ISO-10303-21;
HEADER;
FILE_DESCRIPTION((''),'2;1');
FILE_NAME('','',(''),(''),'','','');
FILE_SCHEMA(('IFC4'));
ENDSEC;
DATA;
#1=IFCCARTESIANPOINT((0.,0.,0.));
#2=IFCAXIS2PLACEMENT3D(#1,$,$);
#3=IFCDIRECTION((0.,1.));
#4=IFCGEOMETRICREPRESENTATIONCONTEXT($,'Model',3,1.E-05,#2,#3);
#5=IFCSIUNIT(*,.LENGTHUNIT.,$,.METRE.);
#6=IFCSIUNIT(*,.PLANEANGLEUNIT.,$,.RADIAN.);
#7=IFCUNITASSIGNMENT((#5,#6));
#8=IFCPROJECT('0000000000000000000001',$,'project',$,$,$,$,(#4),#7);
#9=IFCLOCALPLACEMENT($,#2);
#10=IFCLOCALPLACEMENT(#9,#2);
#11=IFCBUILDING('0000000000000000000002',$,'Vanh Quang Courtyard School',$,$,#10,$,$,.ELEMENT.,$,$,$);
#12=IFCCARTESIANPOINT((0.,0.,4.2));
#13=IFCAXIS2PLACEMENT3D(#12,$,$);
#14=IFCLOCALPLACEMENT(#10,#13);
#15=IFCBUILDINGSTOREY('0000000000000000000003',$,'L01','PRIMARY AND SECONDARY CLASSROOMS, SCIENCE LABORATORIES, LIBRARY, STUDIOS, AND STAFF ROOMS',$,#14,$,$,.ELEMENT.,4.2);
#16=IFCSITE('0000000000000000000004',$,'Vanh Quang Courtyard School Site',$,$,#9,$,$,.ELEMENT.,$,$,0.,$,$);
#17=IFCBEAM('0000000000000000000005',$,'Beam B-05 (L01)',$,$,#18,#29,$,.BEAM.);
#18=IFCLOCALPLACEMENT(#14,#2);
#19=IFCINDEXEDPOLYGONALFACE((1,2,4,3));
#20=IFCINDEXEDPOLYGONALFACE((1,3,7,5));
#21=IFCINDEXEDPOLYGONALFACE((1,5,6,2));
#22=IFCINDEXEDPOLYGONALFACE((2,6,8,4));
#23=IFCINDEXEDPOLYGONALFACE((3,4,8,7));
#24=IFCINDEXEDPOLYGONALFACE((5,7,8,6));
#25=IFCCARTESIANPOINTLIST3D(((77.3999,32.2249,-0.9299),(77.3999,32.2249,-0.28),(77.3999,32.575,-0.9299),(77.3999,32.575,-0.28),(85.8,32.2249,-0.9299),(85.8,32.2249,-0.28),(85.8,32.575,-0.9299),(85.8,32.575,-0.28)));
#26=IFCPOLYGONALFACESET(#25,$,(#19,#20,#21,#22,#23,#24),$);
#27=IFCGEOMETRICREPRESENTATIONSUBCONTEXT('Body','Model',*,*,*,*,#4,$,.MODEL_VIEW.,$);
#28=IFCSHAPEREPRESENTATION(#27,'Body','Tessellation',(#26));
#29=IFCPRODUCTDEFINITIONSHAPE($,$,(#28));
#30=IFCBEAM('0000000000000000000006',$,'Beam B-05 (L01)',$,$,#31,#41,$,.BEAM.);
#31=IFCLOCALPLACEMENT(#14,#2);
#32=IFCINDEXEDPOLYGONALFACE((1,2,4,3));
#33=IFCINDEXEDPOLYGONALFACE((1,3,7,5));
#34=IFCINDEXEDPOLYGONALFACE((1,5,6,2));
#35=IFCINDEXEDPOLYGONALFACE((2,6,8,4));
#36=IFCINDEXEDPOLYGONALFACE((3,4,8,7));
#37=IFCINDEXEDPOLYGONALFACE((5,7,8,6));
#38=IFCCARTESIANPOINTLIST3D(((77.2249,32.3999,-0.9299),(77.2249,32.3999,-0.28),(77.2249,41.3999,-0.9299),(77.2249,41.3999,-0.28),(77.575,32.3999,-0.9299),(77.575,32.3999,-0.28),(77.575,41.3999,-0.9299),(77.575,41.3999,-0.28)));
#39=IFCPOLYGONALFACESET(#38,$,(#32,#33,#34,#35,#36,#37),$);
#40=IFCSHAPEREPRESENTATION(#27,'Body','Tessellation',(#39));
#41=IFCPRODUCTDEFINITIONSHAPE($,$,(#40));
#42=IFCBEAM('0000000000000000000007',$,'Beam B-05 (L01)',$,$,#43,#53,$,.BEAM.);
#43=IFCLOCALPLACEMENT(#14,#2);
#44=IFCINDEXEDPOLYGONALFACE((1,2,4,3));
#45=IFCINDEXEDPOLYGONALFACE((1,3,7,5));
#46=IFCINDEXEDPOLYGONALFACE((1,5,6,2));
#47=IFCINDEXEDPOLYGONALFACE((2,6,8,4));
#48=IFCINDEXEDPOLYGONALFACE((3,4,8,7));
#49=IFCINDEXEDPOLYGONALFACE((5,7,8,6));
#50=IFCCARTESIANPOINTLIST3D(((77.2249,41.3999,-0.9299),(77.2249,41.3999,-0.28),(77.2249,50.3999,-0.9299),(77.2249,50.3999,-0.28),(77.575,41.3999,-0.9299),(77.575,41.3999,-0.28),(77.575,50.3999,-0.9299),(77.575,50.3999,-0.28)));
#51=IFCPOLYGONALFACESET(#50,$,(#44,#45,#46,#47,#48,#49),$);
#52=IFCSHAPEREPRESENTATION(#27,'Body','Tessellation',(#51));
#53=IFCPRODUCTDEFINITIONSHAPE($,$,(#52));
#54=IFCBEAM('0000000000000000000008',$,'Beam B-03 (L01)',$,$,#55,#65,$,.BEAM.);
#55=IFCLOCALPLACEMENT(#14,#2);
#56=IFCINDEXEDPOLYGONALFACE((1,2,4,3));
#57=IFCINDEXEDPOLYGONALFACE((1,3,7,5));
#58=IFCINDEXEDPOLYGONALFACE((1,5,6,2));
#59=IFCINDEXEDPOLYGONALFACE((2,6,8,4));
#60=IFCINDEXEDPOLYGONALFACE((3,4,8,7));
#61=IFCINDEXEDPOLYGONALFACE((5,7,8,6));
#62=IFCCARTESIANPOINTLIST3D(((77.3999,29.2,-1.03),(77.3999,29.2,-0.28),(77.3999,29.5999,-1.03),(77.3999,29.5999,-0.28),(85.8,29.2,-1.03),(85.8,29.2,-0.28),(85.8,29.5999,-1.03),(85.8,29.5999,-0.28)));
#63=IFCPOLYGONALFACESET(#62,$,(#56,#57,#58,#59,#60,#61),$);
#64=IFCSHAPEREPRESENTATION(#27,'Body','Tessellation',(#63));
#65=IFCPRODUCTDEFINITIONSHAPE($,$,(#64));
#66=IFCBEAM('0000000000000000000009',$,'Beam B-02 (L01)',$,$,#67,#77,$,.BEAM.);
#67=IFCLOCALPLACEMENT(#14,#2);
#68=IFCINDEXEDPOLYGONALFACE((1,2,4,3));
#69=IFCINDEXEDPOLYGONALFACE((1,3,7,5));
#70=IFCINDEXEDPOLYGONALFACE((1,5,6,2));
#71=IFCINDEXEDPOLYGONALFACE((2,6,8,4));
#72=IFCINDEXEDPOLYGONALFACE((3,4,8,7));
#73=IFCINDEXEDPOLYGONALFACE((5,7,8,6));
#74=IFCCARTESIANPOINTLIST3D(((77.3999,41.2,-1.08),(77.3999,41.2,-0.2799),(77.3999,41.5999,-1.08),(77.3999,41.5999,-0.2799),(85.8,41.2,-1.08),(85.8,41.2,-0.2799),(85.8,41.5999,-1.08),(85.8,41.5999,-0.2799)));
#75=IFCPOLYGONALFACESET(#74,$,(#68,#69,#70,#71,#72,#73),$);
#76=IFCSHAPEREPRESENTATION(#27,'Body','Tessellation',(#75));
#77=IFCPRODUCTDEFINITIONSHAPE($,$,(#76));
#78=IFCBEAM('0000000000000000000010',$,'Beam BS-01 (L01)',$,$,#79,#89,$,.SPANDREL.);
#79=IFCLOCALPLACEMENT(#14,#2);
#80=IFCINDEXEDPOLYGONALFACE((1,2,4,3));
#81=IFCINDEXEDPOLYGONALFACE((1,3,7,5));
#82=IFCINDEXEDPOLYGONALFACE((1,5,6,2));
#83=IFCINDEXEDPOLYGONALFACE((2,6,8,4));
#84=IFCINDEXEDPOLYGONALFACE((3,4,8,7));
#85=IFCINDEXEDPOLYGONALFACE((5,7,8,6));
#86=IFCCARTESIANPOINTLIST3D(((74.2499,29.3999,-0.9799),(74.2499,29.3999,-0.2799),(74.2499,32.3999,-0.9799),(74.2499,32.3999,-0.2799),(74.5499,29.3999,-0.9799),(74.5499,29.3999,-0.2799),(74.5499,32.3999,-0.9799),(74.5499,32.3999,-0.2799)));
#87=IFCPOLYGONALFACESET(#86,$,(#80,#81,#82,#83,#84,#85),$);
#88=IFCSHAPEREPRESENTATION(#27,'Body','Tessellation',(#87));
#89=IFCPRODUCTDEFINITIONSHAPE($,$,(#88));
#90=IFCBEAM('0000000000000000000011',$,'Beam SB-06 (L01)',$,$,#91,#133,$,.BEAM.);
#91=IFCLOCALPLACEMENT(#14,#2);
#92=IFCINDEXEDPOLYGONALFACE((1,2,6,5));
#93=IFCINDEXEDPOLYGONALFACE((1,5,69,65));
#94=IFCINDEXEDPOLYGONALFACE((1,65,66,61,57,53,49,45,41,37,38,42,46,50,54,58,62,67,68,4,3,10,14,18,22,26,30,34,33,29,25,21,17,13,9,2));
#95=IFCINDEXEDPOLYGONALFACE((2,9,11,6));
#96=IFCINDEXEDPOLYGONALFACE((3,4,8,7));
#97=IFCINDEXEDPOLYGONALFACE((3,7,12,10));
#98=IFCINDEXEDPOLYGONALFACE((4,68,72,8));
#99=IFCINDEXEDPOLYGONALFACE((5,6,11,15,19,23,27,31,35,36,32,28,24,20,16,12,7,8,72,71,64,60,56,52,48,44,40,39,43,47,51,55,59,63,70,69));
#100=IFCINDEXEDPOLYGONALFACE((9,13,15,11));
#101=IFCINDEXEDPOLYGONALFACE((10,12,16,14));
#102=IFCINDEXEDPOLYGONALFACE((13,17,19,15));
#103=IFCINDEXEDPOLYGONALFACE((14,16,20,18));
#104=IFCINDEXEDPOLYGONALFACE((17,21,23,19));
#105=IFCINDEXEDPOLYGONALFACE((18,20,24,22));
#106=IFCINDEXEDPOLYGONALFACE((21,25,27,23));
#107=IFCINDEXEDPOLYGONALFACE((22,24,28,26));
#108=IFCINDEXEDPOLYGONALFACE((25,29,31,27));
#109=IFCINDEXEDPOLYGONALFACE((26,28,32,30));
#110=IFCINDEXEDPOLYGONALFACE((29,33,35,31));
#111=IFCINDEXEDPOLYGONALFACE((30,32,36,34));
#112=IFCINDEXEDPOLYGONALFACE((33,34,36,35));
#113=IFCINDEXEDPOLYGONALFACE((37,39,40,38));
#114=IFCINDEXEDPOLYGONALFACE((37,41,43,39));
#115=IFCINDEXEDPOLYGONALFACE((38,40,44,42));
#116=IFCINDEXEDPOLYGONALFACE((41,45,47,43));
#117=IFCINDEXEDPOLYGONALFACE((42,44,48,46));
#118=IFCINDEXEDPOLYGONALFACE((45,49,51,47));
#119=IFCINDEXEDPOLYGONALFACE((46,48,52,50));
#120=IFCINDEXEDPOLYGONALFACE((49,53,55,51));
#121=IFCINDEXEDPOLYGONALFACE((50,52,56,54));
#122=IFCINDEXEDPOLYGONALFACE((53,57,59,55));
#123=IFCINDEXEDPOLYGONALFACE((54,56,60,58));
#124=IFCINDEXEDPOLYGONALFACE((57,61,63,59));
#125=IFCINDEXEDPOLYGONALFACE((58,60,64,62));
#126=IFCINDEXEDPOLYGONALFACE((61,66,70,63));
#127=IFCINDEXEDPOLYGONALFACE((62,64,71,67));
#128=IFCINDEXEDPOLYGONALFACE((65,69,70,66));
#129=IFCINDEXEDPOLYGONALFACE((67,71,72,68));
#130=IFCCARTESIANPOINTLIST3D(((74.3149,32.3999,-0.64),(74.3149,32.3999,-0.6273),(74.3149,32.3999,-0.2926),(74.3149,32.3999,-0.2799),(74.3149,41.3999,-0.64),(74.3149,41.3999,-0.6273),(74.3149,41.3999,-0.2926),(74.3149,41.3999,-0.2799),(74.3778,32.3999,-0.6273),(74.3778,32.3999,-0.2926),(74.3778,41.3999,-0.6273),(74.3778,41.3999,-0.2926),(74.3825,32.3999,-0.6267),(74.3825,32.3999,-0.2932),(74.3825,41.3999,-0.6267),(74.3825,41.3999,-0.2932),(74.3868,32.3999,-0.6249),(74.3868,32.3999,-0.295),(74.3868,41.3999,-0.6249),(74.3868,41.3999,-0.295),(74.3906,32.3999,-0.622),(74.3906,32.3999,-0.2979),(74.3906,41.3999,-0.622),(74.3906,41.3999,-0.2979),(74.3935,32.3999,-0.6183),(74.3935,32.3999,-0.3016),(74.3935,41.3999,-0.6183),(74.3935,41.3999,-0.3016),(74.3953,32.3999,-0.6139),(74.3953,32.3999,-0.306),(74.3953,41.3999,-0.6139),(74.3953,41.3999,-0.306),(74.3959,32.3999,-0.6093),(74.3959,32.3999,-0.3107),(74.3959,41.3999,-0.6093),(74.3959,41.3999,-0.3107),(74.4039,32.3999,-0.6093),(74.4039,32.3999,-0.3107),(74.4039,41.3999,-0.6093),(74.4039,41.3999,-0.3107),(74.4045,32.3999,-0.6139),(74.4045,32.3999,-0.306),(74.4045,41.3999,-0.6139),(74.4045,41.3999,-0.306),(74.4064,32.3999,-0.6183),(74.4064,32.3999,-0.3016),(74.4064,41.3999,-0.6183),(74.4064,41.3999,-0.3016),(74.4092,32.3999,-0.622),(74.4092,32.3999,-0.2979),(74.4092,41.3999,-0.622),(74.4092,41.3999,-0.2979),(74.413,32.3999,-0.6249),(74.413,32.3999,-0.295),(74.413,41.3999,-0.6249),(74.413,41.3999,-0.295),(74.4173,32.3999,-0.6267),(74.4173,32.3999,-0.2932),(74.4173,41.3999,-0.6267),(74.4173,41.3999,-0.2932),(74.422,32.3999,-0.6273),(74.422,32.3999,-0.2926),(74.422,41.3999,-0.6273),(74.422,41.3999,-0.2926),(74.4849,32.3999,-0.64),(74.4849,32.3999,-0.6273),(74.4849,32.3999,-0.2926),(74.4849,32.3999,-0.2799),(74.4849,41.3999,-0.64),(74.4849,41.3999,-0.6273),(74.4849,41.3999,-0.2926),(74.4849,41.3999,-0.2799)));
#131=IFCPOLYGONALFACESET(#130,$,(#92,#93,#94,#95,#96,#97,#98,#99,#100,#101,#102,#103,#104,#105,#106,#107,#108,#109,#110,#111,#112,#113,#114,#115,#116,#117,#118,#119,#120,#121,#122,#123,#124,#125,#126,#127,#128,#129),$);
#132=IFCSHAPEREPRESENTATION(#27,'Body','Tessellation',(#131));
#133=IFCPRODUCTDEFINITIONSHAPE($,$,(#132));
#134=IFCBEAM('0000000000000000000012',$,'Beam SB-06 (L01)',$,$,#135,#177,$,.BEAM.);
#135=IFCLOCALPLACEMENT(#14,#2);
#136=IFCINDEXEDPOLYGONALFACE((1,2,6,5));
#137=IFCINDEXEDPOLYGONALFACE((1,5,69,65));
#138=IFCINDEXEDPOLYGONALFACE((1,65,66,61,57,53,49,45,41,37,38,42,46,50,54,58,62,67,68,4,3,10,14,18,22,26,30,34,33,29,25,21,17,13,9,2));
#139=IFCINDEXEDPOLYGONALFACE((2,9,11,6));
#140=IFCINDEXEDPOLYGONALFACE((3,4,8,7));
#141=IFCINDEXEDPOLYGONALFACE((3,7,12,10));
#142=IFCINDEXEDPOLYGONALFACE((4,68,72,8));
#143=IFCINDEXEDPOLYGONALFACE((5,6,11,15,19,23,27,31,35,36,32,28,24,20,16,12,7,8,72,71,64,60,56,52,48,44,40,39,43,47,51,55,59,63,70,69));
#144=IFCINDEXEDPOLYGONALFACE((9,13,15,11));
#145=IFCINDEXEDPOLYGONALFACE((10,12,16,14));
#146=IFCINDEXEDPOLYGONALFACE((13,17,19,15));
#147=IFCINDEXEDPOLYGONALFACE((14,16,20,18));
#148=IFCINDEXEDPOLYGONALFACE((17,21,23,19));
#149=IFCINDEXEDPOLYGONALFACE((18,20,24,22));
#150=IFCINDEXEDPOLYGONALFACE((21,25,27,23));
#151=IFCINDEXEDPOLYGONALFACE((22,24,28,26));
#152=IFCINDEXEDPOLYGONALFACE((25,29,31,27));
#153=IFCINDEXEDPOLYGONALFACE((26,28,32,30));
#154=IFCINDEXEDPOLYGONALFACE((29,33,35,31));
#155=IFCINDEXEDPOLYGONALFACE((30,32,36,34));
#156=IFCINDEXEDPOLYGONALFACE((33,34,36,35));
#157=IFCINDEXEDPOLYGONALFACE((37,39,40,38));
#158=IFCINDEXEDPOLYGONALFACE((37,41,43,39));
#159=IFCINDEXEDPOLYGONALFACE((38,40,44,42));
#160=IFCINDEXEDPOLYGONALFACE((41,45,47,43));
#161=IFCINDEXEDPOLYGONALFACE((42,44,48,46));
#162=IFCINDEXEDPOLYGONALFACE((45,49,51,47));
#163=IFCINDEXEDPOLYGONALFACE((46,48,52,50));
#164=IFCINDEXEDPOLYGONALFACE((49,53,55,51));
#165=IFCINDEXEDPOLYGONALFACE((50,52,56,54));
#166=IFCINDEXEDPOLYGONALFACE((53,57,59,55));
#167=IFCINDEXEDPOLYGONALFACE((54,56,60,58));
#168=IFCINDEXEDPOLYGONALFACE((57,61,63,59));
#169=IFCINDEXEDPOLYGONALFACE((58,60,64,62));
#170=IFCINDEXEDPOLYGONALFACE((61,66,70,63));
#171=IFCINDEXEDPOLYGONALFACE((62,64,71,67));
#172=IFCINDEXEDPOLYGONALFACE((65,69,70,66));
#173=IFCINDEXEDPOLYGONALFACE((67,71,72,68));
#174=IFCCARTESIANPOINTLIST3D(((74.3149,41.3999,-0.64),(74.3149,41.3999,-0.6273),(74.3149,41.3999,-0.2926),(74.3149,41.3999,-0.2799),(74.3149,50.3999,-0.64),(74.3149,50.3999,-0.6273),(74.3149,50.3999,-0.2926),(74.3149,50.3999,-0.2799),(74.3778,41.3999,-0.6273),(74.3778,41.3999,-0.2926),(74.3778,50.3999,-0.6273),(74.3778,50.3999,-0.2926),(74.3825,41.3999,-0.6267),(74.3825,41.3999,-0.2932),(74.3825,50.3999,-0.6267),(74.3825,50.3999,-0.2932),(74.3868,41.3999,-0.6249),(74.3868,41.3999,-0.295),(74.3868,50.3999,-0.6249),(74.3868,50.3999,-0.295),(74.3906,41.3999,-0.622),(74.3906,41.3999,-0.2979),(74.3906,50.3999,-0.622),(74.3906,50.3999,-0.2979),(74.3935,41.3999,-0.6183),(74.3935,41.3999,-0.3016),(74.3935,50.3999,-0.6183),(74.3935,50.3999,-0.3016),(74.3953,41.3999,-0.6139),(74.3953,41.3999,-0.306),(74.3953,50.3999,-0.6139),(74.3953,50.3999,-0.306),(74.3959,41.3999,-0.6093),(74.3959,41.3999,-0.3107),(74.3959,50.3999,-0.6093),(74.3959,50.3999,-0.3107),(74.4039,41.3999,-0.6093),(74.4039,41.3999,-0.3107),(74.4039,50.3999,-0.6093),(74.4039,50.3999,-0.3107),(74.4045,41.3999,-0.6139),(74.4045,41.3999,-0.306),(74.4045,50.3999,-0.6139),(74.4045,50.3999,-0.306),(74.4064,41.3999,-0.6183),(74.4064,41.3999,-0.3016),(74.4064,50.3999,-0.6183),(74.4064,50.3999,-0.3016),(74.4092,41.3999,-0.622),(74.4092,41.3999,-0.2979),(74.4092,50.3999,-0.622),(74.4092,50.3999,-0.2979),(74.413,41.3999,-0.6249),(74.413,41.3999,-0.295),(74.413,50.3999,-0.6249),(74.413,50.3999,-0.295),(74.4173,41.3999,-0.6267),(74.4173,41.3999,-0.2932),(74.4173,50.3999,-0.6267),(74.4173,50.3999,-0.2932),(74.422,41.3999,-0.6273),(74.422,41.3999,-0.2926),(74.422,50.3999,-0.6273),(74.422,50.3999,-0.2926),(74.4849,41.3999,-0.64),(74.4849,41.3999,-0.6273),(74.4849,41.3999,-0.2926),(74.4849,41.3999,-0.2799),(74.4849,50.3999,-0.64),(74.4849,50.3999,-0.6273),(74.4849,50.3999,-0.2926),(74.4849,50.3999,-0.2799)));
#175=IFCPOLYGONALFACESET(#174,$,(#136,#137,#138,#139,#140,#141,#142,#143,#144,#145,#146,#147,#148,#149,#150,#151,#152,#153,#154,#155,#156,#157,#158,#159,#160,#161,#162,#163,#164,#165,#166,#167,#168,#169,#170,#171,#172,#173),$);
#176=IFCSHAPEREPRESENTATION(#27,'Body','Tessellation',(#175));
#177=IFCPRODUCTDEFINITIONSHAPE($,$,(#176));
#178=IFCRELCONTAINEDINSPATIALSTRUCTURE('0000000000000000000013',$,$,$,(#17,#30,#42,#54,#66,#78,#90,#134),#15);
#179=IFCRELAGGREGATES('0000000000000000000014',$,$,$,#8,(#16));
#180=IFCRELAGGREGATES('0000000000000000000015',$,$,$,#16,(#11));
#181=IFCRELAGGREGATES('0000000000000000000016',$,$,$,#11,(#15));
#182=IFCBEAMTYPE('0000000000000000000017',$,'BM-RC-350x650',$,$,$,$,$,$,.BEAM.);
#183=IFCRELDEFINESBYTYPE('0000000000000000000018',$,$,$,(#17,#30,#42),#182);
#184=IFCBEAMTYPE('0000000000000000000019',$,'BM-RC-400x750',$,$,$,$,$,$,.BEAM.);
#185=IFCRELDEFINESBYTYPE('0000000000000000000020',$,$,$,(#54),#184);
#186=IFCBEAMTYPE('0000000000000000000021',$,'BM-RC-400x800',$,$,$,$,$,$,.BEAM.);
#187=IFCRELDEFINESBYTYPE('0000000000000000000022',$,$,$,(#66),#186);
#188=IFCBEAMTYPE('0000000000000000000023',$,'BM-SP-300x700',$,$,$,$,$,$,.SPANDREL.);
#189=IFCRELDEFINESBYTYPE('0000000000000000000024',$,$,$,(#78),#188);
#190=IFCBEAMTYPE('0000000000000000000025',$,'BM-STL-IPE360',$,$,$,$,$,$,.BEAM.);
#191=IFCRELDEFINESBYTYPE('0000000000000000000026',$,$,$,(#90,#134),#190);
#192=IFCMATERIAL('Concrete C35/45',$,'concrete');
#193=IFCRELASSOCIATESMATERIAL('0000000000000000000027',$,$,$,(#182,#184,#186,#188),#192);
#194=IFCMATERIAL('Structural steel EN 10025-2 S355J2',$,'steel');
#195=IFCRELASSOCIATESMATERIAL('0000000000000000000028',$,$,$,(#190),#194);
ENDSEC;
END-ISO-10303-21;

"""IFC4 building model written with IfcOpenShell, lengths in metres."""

from ifc_helpers import new_model, si_unit, direction, frame, origin, origin_2d, place, context, subcontext, project, spatial, rectangle, i_section, extrude, material, material_profile, profile_set, type_object, element, save


model = new_model("IFC4")

# Units and contexts
model_context = context("Model", 3, precision=1e-05, world=origin(), true_north=direction((0.0, 1.0)))
body_context = subcontext(model_context, "Body", "Model", "MODEL_VIEW")
ifc_project = project(units=[si_unit("LENGTHUNIT", "METRE"), si_unit("PLANEANGLEUNIT", "RADIAN")], contexts=[model_context])

# Site, building, storey
site_placement = place(None, origin())
site = spatial("IfcSite", under=ifc_project, at=site_placement, Name="Vanh Quang Courtyard School Site", CompositionType="ELEMENT", RefElevation=0.0)
building_placement = place(site_placement, origin())
building = spatial("IfcBuilding", under=site, at=building_placement, Name="Vanh Quang Courtyard School", CompositionType="ELEMENT")
storey_placement = place(building_placement, frame((0.0, 0.0, 4.2)))
storey = spatial("IfcBuildingStorey", under=building, at=storey_placement, Name="L01", Description="PRIMARY AND SECONDARY CLASSROOMS, SCIENCE LABORATORIES, LIBRARY, STUDIOS, AND STAFF ROOMS", CompositionType="ELEMENT", Elevation=4.2)

# Shared definitions
ifc_material_1 = material(Name="Concrete C35/45", Category="concrete")

# Beams
ifc_material_profile_1 = material_profile(ifc_material_1, rectangle(XDim=0.3501, YDim=0.6499, at=origin_2d()), Name="RC-BM 350x650")
ifc_profile_set_1 = profile_set([ifc_material_profile_1], Name="Concrete C35/45")
beam_type_1 = type_object("IfcBeamType", Name="BM-RC-350x650", PredefinedType="BEAM", material=ifc_profile_set_1)
beam_1_placement = place(storey_placement, frame((77.3999, 32.3999, -0.605), z_axis=(1.0, 0.0, 0.0), x_axis=(0.0, 1.0, 0.0)))
element("IfcBeam", 1, at=beam_1_placement, inside=storey, type_object=beam_type_1, Name="Beam B-05 (L01)", PredefinedType="BEAM", context=body_context, shape_type="SweptSolid", body=[
    extrude(rectangle(XDim=0.3501, YDim=0.6499, at=origin_2d()), origin(), (0.0, 0.0, 1.0), 8.4001),
])
for number, where, z_axis, x_axis, name in (
    (2, (77.3999, 32.3999, -0.605), (0.0, 1.0, 0.0), (-1.0, 0.0, 0.0), "Beam B-05 (L01)"),
    (3, (77.3999, 41.3999, -0.605), (0.0, 1.0, 0.0), (-1.0, 0.0, 0.0), "Beam B-05 (L01)"),
):
    element("IfcBeam", number, at=place(storey_placement, frame(where, z_axis=z_axis, x_axis=x_axis)), inside=storey, type_object=beam_type_1, Name=name, PredefinedType="BEAM", context=body_context, shape_type="SweptSolid", body=[
        extrude(rectangle(XDim=0.3501, YDim=0.6499, at=origin_2d()), origin(), (0.0, 0.0, 1.0), 9.0),
    ])
ifc_material_profile_2 = material_profile(ifc_material_1, rectangle(XDim=0.3999, YDim=0.75, at=origin_2d()), Name="RC-BM 400x750")
ifc_profile_set_2 = profile_set([ifc_material_profile_2], Name="Concrete C35/45")
beam_type_2 = type_object("IfcBeamType", Name="BM-RC-400x750", PredefinedType="BEAM", material=ifc_profile_set_2)
beam_2_placement = place(storey_placement, frame((77.3999, 29.3999, -0.655), z_axis=(1.0, 0.0, 0.0), x_axis=(0.0, 1.0, 0.0)))
element("IfcBeam", 4, at=beam_2_placement, inside=storey, type_object=beam_type_2, Name="Beam B-03 (L01)", PredefinedType="BEAM", context=body_context, shape_type="SweptSolid", body=[
    extrude(rectangle(XDim=0.3999, YDim=0.75, at=origin_2d()), origin(), (0.0, 0.0, 1.0), 8.4001),
])
ifc_material_profile_3 = material_profile(ifc_material_1, rectangle(XDim=0.3999, YDim=0.8, at=origin_2d()), Name="RC-BM 400x800")
ifc_profile_set_3 = profile_set([ifc_material_profile_3], Name="Concrete C35/45")
beam_type_3 = type_object("IfcBeamType", Name="BM-RC-400x800", PredefinedType="BEAM", material=ifc_profile_set_3)
beam_3_placement = place(storey_placement, frame((77.3999, 41.3999, -0.6799), z_axis=(1.0, 0.0, 0.0), x_axis=(0.0, 1.0, 0.0)))
element("IfcBeam", 5, at=beam_3_placement, inside=storey, type_object=beam_type_3, Name="Beam B-02 (L01)", PredefinedType="BEAM", context=body_context, shape_type="SweptSolid", body=[
    extrude(rectangle(XDim=0.3999, YDim=0.8, at=origin_2d()), origin(), (0.0, 0.0, 1.0), 8.4001),
])
ifc_material_profile_4 = material_profile(ifc_material_1, rectangle(XDim=0.3, YDim=0.7, at=origin_2d()), Name="RC-SP 300x700")
ifc_profile_set_4 = profile_set([ifc_material_profile_4], Name="Concrete C35/45")
beam_type_4 = type_object("IfcBeamType", Name="BM-SP-300x700", PredefinedType="SPANDREL", material=ifc_profile_set_4)
beam_4_placement = place(storey_placement, frame((74.3999, 29.3999, -0.6299), z_axis=(0.0, 1.0, 0.0), x_axis=(-1.0, 0.0, 0.0)))
element("IfcBeam", 6, at=beam_4_placement, inside=storey, type_object=beam_type_4, Name="Beam BS-01 (L01)", PredefinedType="SPANDREL", context=body_context, shape_type="SweptSolid", body=[
    extrude(rectangle(XDim=0.3, YDim=0.7, at=origin_2d()), origin(), (0.0, 0.0, 1.0), 3.0),
])
ifc_material_2 = material(Name="Structural steel EN 10025-2 S355J2", Category="steel")
ifc_material_profile_5 = material_profile(ifc_material_2, i_section(OverallWidth=0.1699, OverallDepth=0.3601, WebThickness=0.0081, FlangeThickness=0.0127, FilletRadius=0.0181, at=origin_2d()), Name="IPE 360")
ifc_profile_set_5 = profile_set([ifc_material_profile_5], Name="Structural steel EN 10025-2 S355J2")
beam_type_5 = type_object("IfcBeamType", Name="BM-STL-IPE360", PredefinedType="BEAM", material=ifc_profile_set_5)
for number, where, z_axis, x_axis, name in (
    (7, (74.3999, 32.3999, -0.46), (0.0, 1.0, 0.0), (-1.0, 0.0, 0.0), "Beam SB-06 (L01)"),
    (8, (74.3999, 41.3999, -0.46), (0.0, 1.0, 0.0), (-1.0, 0.0, 0.0), "Beam SB-06 (L01)"),
):
    element("IfcBeam", number, at=place(storey_placement, frame(where, z_axis=z_axis, x_axis=x_axis)), inside=storey, type_object=beam_type_5, Name=name, PredefinedType="BEAM", context=body_context, shape_type="SweptSolid", body=[
        extrude(i_section(OverallWidth=0.1699, OverallDepth=0.3601, WebThickness=0.0081, FlangeThickness=0.0127, FilletRadius=0.0181, at=origin_2d()), origin(), (0.0, 0.0, 1.0), 9.0),
    ])

save(model, "model.ifc")
